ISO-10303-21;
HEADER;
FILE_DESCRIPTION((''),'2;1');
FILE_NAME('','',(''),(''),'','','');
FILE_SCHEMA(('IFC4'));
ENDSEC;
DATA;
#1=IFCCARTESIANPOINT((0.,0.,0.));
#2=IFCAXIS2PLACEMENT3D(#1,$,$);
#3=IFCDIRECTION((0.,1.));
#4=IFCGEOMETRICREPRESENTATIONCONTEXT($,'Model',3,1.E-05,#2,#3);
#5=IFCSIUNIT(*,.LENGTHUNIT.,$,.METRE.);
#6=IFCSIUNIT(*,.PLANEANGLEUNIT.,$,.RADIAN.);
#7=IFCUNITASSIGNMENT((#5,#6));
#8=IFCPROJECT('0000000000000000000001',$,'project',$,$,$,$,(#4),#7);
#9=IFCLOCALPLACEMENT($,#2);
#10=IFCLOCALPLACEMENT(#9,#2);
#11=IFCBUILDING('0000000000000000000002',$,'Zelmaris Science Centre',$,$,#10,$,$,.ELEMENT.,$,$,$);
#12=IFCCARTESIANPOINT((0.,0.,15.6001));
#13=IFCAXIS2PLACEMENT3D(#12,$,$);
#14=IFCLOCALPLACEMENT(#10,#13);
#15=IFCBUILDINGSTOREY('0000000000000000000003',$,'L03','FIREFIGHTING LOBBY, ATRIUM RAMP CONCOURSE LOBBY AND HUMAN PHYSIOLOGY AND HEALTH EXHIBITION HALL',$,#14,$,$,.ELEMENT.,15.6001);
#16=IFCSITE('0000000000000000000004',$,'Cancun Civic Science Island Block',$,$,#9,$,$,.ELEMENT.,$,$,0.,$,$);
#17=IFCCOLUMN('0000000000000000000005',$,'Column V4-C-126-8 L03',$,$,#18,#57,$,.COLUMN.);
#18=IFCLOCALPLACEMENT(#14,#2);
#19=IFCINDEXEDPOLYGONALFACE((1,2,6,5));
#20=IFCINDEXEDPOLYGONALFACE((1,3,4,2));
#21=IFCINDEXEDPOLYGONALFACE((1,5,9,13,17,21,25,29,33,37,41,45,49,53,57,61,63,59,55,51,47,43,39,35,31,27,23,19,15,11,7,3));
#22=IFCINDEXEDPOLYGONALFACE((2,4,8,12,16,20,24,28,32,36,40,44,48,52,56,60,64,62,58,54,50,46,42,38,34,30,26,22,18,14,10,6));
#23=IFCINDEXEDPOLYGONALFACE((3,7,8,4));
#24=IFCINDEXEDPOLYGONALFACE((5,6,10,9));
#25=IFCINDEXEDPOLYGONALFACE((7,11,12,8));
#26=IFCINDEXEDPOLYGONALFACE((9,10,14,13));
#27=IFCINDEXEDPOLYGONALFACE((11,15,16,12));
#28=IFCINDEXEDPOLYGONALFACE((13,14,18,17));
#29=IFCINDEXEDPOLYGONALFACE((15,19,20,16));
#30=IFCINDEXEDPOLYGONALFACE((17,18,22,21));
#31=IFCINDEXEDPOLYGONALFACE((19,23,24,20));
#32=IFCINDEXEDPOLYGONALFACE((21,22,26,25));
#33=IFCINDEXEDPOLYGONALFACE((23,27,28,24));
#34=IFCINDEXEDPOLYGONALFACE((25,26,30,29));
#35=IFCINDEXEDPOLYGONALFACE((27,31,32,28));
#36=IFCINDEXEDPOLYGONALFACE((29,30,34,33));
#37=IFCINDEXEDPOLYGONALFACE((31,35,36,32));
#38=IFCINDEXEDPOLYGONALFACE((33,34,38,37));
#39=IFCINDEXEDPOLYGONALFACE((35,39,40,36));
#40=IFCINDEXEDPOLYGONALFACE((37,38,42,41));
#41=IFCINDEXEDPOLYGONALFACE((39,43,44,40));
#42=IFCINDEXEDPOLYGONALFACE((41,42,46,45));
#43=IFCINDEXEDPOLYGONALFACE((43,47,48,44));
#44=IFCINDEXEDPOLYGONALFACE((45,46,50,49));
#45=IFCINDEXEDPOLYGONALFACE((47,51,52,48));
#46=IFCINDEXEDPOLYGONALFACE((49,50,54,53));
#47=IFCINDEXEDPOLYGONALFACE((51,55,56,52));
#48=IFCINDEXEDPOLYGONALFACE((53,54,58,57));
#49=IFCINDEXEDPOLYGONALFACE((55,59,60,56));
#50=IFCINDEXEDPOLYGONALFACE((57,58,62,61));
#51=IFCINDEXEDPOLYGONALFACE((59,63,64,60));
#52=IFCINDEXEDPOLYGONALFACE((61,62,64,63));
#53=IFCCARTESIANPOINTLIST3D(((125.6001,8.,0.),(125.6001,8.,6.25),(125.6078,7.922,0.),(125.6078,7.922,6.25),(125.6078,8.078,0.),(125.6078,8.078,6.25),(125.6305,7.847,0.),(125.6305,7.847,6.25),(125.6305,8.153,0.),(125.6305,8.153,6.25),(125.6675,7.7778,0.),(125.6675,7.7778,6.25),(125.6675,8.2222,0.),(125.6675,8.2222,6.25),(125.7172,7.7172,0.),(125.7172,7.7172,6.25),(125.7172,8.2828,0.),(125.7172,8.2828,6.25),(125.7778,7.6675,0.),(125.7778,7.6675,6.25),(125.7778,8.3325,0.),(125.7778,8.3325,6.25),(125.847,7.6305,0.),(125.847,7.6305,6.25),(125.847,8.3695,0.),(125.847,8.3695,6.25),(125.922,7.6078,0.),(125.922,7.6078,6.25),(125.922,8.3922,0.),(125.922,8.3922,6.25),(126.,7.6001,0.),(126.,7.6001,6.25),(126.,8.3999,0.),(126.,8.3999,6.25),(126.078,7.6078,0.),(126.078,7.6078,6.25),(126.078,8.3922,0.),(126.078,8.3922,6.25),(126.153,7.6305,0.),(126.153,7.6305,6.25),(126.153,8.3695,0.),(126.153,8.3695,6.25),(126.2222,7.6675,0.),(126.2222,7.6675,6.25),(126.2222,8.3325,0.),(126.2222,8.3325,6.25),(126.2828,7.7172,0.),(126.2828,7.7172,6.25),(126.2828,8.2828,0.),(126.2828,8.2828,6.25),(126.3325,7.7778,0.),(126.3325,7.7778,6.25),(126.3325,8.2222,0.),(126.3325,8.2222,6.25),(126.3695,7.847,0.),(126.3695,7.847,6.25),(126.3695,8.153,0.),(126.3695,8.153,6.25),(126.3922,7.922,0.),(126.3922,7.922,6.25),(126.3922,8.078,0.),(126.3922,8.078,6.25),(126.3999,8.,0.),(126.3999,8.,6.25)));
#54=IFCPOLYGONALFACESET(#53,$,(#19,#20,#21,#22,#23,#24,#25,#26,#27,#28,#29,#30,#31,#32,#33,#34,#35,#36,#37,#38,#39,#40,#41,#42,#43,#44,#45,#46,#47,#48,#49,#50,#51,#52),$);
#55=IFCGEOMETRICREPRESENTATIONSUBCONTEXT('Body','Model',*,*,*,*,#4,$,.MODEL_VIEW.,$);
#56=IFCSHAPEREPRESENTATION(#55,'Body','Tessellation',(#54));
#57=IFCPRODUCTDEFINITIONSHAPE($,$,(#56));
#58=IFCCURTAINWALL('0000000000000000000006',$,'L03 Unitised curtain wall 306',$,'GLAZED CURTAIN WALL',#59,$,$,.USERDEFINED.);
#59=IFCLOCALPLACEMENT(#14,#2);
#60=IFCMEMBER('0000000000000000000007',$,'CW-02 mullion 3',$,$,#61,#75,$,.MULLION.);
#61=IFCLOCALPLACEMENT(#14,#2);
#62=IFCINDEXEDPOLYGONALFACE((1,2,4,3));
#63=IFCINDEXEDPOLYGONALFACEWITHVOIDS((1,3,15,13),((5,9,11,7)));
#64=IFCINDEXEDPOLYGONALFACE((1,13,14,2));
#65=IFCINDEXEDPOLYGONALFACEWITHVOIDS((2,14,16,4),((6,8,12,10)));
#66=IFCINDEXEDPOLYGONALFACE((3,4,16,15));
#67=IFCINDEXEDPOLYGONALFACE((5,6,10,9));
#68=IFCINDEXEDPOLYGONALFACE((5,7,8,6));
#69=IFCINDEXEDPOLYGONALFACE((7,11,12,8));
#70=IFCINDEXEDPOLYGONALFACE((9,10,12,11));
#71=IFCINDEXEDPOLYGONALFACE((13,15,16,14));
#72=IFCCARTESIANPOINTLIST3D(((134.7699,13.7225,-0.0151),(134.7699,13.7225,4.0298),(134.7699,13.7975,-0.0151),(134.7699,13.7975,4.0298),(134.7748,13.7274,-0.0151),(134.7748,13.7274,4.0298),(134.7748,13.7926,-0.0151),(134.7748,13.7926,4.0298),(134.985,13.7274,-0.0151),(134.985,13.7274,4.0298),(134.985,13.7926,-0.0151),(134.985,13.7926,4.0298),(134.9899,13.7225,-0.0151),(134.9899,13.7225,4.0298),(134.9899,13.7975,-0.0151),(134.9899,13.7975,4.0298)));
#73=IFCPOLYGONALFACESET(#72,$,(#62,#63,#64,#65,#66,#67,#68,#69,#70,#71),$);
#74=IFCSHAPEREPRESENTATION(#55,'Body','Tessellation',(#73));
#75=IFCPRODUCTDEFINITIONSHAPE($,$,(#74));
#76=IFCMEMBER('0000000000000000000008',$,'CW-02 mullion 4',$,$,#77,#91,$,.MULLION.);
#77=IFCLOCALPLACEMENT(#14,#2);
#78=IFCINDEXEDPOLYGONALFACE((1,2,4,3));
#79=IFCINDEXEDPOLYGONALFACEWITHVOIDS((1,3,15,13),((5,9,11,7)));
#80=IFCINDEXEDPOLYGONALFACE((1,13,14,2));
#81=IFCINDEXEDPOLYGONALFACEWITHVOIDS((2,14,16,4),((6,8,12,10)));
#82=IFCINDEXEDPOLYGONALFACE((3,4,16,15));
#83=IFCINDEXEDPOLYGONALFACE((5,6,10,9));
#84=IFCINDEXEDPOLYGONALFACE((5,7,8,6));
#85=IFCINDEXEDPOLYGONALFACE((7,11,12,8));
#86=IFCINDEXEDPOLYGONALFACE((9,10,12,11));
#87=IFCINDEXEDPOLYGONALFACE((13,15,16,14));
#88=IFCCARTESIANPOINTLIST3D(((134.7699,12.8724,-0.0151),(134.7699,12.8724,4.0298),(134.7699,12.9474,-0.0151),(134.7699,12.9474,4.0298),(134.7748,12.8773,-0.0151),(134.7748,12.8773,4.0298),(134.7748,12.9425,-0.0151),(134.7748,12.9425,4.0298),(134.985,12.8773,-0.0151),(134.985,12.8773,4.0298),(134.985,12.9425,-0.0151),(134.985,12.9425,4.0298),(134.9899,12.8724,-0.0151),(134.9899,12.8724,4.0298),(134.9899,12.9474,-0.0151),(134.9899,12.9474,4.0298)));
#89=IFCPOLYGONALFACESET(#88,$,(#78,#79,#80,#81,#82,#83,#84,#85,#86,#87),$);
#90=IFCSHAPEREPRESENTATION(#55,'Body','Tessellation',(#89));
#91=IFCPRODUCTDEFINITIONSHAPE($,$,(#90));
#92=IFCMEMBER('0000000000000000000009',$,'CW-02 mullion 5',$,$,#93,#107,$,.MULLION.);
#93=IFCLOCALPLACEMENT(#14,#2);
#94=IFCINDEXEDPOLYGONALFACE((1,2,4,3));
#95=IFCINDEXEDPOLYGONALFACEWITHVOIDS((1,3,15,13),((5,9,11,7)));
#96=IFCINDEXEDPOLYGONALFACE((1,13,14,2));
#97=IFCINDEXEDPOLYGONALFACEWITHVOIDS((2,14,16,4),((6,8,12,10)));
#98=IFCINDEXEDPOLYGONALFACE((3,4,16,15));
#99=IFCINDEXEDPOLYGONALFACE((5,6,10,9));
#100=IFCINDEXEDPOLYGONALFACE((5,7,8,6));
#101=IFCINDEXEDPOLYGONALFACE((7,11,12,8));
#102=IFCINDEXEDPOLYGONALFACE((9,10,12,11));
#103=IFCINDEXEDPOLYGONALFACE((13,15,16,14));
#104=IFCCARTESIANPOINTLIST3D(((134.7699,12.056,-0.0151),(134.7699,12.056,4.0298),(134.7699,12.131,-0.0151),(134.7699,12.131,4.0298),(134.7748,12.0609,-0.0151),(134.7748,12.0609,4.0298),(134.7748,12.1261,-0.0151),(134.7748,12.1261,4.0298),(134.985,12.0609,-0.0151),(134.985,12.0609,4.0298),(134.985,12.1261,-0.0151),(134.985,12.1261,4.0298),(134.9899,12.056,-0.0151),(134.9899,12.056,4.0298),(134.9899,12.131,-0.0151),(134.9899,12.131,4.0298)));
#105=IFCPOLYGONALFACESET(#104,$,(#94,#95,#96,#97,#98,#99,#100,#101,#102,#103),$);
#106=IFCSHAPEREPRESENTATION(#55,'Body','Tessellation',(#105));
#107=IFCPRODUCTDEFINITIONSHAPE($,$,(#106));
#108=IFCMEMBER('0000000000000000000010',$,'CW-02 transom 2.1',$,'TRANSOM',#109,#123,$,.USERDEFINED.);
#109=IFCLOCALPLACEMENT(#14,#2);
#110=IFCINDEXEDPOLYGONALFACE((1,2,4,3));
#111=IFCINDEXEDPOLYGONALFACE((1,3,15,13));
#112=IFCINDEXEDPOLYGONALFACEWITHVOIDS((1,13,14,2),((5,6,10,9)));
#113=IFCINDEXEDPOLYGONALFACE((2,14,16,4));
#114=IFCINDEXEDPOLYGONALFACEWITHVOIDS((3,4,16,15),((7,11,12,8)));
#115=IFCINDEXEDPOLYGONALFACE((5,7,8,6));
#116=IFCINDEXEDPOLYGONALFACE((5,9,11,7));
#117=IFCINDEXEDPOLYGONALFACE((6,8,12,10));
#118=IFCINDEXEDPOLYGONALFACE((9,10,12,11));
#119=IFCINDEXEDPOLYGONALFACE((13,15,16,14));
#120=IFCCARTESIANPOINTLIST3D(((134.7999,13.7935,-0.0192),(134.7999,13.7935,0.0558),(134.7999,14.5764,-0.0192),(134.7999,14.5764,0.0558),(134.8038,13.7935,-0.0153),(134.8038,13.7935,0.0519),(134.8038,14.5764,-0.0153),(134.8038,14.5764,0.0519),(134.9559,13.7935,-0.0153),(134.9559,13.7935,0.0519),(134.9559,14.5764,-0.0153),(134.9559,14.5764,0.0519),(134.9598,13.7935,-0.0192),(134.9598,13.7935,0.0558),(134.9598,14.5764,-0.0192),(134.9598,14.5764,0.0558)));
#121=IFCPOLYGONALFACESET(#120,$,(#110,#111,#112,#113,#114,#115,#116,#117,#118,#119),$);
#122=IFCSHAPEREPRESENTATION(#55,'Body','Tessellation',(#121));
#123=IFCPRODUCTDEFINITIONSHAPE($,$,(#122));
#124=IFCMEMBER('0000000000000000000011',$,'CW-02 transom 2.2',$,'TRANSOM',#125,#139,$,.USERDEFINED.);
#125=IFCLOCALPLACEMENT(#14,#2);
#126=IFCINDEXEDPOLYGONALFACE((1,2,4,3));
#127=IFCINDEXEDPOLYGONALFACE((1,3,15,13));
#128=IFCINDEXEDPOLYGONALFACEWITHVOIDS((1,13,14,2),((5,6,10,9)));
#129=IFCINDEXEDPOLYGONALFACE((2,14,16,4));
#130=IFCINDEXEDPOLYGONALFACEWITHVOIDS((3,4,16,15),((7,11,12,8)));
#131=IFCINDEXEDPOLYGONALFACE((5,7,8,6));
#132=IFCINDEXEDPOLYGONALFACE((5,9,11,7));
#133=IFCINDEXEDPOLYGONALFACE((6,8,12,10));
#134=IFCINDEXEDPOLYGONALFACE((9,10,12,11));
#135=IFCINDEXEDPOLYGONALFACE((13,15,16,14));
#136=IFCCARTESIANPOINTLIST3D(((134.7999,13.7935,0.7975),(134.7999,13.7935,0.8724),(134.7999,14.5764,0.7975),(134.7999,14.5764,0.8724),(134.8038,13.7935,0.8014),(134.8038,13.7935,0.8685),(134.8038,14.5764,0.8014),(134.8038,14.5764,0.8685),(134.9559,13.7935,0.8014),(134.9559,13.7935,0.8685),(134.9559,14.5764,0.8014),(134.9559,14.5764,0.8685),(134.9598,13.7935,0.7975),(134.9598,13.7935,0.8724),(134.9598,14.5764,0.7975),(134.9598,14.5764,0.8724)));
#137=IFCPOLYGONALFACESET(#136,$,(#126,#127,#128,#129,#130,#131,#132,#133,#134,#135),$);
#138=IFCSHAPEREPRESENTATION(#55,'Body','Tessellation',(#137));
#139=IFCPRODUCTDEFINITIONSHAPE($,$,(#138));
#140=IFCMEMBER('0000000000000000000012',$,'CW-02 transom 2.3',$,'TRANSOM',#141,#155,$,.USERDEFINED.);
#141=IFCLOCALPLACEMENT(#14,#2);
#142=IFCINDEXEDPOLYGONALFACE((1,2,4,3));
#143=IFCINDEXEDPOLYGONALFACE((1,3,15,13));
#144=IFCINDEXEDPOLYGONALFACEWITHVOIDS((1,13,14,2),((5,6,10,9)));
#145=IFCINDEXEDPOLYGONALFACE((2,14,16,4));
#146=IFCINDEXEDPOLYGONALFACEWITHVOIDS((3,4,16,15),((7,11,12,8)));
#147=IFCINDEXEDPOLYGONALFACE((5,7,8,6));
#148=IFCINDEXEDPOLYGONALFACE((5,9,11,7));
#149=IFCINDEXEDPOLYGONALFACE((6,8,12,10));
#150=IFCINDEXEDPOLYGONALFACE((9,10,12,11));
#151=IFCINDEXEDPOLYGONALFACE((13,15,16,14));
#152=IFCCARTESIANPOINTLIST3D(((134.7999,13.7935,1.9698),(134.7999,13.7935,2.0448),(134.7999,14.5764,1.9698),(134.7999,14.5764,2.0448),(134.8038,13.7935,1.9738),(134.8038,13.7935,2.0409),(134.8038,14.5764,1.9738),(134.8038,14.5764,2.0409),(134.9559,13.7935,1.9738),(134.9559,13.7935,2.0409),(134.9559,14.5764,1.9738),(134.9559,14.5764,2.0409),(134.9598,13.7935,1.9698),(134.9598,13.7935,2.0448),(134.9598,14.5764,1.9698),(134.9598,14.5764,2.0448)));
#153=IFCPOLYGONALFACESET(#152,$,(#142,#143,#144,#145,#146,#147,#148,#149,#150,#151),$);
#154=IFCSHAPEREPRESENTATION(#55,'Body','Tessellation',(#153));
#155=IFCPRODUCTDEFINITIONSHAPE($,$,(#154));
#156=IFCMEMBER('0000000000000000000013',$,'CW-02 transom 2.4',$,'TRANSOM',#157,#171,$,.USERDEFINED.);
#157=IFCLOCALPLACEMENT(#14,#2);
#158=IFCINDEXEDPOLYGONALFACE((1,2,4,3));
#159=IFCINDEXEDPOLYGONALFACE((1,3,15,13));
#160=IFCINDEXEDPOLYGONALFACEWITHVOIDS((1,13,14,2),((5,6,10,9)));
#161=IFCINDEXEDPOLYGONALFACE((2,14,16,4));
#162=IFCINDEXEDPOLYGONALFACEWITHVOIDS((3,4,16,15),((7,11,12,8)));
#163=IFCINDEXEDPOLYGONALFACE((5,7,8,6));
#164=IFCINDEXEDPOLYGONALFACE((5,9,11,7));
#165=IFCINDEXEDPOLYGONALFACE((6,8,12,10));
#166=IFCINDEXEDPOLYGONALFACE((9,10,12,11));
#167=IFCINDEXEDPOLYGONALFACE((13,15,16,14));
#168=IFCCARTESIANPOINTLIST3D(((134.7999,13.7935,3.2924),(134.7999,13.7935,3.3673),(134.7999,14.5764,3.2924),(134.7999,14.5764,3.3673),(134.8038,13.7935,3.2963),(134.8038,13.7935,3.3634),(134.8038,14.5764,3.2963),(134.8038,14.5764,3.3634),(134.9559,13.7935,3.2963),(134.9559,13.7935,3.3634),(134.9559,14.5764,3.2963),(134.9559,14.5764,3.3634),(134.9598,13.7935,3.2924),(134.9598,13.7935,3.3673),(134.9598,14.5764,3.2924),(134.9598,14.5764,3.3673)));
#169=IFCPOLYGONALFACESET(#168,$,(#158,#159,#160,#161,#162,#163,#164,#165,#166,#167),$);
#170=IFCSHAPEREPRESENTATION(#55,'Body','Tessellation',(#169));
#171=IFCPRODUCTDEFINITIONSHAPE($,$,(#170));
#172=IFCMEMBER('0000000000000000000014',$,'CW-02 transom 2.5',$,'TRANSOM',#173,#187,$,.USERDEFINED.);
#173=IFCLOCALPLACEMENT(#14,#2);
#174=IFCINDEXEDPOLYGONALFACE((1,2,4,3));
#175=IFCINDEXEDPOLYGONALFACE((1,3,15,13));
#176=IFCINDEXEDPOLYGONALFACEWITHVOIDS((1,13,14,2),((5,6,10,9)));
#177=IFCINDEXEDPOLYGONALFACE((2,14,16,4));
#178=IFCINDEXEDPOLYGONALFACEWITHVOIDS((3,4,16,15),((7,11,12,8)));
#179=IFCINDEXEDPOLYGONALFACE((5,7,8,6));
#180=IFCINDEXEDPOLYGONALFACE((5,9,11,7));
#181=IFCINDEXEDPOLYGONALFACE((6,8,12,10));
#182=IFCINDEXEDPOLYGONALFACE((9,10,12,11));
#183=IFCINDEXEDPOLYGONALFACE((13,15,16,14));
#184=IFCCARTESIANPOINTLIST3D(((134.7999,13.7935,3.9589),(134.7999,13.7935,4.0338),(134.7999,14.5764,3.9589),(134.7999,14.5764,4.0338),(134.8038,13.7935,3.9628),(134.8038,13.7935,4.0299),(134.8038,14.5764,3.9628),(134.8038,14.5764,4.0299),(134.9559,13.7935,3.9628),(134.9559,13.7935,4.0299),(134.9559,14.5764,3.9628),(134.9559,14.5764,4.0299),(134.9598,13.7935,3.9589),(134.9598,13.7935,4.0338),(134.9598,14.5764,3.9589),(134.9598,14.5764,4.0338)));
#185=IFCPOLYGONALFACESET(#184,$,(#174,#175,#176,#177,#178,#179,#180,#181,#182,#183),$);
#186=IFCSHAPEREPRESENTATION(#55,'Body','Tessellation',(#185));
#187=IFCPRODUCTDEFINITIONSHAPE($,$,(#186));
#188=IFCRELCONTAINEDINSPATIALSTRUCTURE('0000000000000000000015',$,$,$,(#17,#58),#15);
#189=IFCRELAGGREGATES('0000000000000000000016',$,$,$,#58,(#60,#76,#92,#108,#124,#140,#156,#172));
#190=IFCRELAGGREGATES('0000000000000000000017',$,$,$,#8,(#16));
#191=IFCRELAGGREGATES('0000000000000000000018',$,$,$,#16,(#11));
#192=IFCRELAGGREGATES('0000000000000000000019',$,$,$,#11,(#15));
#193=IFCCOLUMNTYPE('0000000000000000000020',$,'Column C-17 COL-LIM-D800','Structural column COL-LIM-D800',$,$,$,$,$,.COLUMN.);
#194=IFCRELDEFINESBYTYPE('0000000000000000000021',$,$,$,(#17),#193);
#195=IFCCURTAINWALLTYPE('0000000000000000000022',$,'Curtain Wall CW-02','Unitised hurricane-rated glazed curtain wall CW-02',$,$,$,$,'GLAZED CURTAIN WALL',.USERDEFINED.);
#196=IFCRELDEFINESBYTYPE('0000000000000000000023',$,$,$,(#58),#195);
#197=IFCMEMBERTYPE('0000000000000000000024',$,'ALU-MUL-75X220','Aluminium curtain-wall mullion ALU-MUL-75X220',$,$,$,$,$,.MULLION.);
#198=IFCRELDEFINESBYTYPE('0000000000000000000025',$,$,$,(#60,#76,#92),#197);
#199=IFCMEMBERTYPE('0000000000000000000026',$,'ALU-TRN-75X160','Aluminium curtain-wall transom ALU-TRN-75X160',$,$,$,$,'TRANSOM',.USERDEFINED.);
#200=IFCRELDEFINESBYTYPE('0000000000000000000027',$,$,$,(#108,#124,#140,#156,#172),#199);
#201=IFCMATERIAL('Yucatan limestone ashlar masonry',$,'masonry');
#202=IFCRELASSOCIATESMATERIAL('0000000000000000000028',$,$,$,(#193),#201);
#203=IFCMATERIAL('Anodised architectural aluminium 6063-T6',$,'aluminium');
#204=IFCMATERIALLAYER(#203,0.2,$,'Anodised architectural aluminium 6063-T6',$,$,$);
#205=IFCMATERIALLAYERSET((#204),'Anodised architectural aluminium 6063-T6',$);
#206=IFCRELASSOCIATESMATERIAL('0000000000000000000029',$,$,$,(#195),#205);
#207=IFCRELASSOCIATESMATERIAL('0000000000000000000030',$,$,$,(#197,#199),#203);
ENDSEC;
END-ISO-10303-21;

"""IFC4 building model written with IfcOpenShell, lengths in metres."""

from ifc_helpers import new_model, si_unit, direction, frame, origin, origin_2d, place, context, subcontext, project, spatial, hollow_rectangle, circle, extrude, material, layer, layer_set, material_profile, profile_set, type_object, element, aggregate, save


model = new_model("IFC4")

# Units and contexts
model_context = context("Model", 3, precision=1e-05, world=origin(), true_north=direction((0.0, 1.0)))
body_context = subcontext(model_context, "Body", "Model", "MODEL_VIEW")
ifc_project = project(units=[si_unit("LENGTHUNIT", "METRE"), si_unit("PLANEANGLEUNIT", "RADIAN")], contexts=[model_context])

# Site, building, storey
site_placement = place(None, origin())
site = spatial("IfcSite", under=ifc_project, at=site_placement, Name="Cancun Civic Science Island Block", CompositionType="ELEMENT", RefElevation=0.0)
building_placement = place(site_placement, origin())
building = spatial("IfcBuilding", under=site, at=building_placement, Name="Zelmaris Science Centre", CompositionType="ELEMENT")
storey_placement = place(building_placement, frame((0.0, 0.0, 15.6001)))
storey = spatial("IfcBuildingStorey", under=building, at=storey_placement, Name="L03", Description="FIREFIGHTING LOBBY, ATRIUM RAMP CONCOURSE LOBBY AND HUMAN PHYSIOLOGY AND HEALTH EXHIBITION HALL", CompositionType="ELEMENT", Elevation=15.6001)

# Column
ifc_material_1 = material(Name="Yucatan limestone ashlar masonry", Category="masonry")
ifc_material_profile_1 = material_profile(ifc_material_1, circle(Radius=0.3999, at=origin_2d()), Name="COL-LIM-D800")
ifc_profile_set_1 = profile_set([ifc_material_profile_1], Name="Yucatan limestone ashlar masonry")
column_type = type_object("IfcColumnType", Name="Column C-17 COL-LIM-D800", Description="Structural column COL-LIM-D800", PredefinedType="COLUMN", material=ifc_profile_set_1)
column_placement = place(storey_placement, frame((126.0, 8.0, 0.0), z_axis=(0.0, 0.0, 1.0), x_axis=(1.0, 0.0, 0.0)))
element("IfcColumn", 1, at=column_placement, inside=storey, type_object=column_type, Name="Column V4-C-126-8 L03", PredefinedType="COLUMN", context=body_context, shape_type="SweptSolid", body=[
    extrude(circle(Radius=0.3999, at=origin_2d()), origin(), (0.0, 0.0, 1.0), 6.25),
])

# Curtain wall, members
ifc_material_2 = material(Name="Anodised architectural aluminium 6063-T6", Category="aluminium")
ifc_layer_1 = layer(ifc_material_2, 0.2, Name="Anodised architectural aluminium 6063-T6")
ifc_layer_set_1 = layer_set([ifc_layer_1], Name="Anodised architectural aluminium 6063-T6")
curtain_wall_type = type_object("IfcCurtainWallType", Name="Curtain Wall CW-02", Description="Unitised hurricane-rated glazed curtain wall CW-02", ElementType="GLAZED CURTAIN WALL", PredefinedType="USERDEFINED", material=ifc_layer_set_1)
curtain_wall_placement = place(storey_placement, origin())
curtain_wall = element("IfcCurtainWall", 2, at=curtain_wall_placement, inside=storey, type_object=curtain_wall_type, Name="L03 Unitised curtain wall 306", ObjectType="GLAZED CURTAIN WALL", PredefinedType="USERDEFINED")
ifc_material_profile_2 = material_profile(ifc_material_2, hollow_rectangle(XDim=0.075, YDim=0.22, WallThickness=0.0049, at=origin_2d()), Name="ALU-MUL-75X220")
ifc_profile_set_2 = profile_set([ifc_material_profile_2], Name="Anodised architectural aluminium 6063-T6")
member_type_1 = type_object("IfcMemberType", Name="ALU-MUL-75X220", Description="Aluminium curtain-wall mullion ALU-MUL-75X220", PredefinedType="MULLION", material=ifc_profile_set_2)
member_1_placement = place(storey_placement, frame((134.8799, 13.76, -0.0151), z_axis=(0.0, 0.0, 1.0), x_axis=(0.0, -1.0, 0.0)))
member_1 = element("IfcMember", 3, at=member_1_placement, type_object=member_type_1, Name="CW-02 mullion 3", PredefinedType="MULLION", context=body_context, shape_type="SweptSolid", body=[
    extrude(hollow_rectangle(XDim=0.075, YDim=0.22, WallThickness=0.0049, at=origin_2d()), origin(), (0.0, 0.0, 1.0), 4.0449),
])
member_2_placement = place(storey_placement, frame((134.8799, 12.9099, -0.0151), z_axis=(0.0, 0.0, 1.0), x_axis=(0.0, -1.0, 0.0)))
member_2 = element("IfcMember", 4, at=member_2_placement, type_object=member_type_1, Name="CW-02 mullion 4", PredefinedType="MULLION", context=body_context, shape_type="SweptSolid", body=[
    extrude(hollow_rectangle(XDim=0.075, YDim=0.22, WallThickness=0.0049, at=origin_2d()), origin(), (0.0, 0.0, 1.0), 4.0449),
])
member_3_placement = place(storey_placement, frame((134.8799, 12.0935, -0.0151), z_axis=(0.0, 0.0, 1.0), x_axis=(0.0, -1.0, 0.0)))
member_3 = element("IfcMember", 5, at=member_3_placement, type_object=member_type_1, Name="CW-02 mullion 5", PredefinedType="MULLION", context=body_context, shape_type="SweptSolid", body=[
    extrude(hollow_rectangle(XDim=0.075, YDim=0.22, WallThickness=0.0049, at=origin_2d()), origin(), (0.0, 0.0, 1.0), 4.0449),
])
ifc_material_profile_3 = material_profile(ifc_material_2, hollow_rectangle(XDim=0.075, YDim=0.1599, WallThickness=0.0039, at=origin_2d()), Name="ALU-TRN-75X160")
ifc_profile_set_3 = profile_set([ifc_material_profile_3], Name="Anodised architectural aluminium 6063-T6")
member_type_2 = type_object("IfcMemberType", Name="ALU-TRN-75X160", Description="Aluminium curtain-wall transom ALU-TRN-75X160", ElementType="TRANSOM", PredefinedType="USERDEFINED", material=ifc_profile_set_3)
member_4_placement = place(storey_placement, frame((134.8799, 14.5764, 0.0183), z_axis=(0.0, -1.0, 0.0), x_axis=(0.0, 0.0, 1.0)))
member_4 = element("IfcMember", 6, at=member_4_placement, type_object=member_type_2, Name="CW-02 transom 2.1", ObjectType="TRANSOM", PredefinedType="USERDEFINED", context=body_context, shape_type="SweptSolid", body=[
    extrude(hollow_rectangle(XDim=0.075, YDim=0.1599, WallThickness=0.0039, at=origin_2d()), origin(), (0.0, 0.0, 1.0), 0.783),
])
member_5_placement = place(storey_placement, frame((134.8799, 14.5764, 0.835), z_axis=(0.0, -1.0, 0.0), x_axis=(0.0, 0.0, 1.0)))
member_5 = element("IfcMember", 7, at=member_5_placement, type_object=member_type_2, Name="CW-02 transom 2.2", ObjectType="TRANSOM", PredefinedType="USERDEFINED", context=body_context, shape_type="SweptSolid", body=[
    extrude(hollow_rectangle(XDim=0.075, YDim=0.1599, WallThickness=0.0039, at=origin_2d()), origin(), (0.0, 0.0, 1.0), 0.783),
])
member_6_placement = place(storey_placement, frame((134.8799, 14.5764, 2.0073), z_axis=(0.0, -1.0, 0.0), x_axis=(0.0, 0.0, 1.0)))
member_6 = element("IfcMember", 8, at=member_6_placement, type_object=member_type_2, Name="CW-02 transom 2.3", ObjectType="TRANSOM", PredefinedType="USERDEFINED", context=body_context, shape_type="SweptSolid", body=[
    extrude(hollow_rectangle(XDim=0.075, YDim=0.1599, WallThickness=0.0039, at=origin_2d()), origin(), (0.0, 0.0, 1.0), 0.783),
])
member_7_placement = place(storey_placement, frame((134.8799, 14.5764, 3.3298), z_axis=(0.0, -1.0, 0.0), x_axis=(0.0, 0.0, 1.0)))
member_7 = element("IfcMember", 9, at=member_7_placement, type_object=member_type_2, Name="CW-02 transom 2.4", ObjectType="TRANSOM", PredefinedType="USERDEFINED", context=body_context, shape_type="SweptSolid", body=[
    extrude(hollow_rectangle(XDim=0.075, YDim=0.1599, WallThickness=0.0039, at=origin_2d()), origin(), (0.0, 0.0, 1.0), 0.783),
])
member_8_placement = place(storey_placement, frame((134.8799, 14.5764, 3.9963), z_axis=(0.0, -1.0, 0.0), x_axis=(0.0, 0.0, 1.0)))
member_8 = element("IfcMember", 10, at=member_8_placement, type_object=member_type_2, Name="CW-02 transom 2.5", ObjectType="TRANSOM", PredefinedType="USERDEFINED", context=body_context, shape_type="SweptSolid", body=[
    extrude(hollow_rectangle(XDim=0.075, YDim=0.1599, WallThickness=0.0039, at=origin_2d()), origin(), (0.0, 0.0, 1.0), 0.783),
])

aggregate(curtain_wall, [member_1, member_2, member_3, member_4, member_5, member_6, member_7, member_8])

save(model, "model.ifc")
